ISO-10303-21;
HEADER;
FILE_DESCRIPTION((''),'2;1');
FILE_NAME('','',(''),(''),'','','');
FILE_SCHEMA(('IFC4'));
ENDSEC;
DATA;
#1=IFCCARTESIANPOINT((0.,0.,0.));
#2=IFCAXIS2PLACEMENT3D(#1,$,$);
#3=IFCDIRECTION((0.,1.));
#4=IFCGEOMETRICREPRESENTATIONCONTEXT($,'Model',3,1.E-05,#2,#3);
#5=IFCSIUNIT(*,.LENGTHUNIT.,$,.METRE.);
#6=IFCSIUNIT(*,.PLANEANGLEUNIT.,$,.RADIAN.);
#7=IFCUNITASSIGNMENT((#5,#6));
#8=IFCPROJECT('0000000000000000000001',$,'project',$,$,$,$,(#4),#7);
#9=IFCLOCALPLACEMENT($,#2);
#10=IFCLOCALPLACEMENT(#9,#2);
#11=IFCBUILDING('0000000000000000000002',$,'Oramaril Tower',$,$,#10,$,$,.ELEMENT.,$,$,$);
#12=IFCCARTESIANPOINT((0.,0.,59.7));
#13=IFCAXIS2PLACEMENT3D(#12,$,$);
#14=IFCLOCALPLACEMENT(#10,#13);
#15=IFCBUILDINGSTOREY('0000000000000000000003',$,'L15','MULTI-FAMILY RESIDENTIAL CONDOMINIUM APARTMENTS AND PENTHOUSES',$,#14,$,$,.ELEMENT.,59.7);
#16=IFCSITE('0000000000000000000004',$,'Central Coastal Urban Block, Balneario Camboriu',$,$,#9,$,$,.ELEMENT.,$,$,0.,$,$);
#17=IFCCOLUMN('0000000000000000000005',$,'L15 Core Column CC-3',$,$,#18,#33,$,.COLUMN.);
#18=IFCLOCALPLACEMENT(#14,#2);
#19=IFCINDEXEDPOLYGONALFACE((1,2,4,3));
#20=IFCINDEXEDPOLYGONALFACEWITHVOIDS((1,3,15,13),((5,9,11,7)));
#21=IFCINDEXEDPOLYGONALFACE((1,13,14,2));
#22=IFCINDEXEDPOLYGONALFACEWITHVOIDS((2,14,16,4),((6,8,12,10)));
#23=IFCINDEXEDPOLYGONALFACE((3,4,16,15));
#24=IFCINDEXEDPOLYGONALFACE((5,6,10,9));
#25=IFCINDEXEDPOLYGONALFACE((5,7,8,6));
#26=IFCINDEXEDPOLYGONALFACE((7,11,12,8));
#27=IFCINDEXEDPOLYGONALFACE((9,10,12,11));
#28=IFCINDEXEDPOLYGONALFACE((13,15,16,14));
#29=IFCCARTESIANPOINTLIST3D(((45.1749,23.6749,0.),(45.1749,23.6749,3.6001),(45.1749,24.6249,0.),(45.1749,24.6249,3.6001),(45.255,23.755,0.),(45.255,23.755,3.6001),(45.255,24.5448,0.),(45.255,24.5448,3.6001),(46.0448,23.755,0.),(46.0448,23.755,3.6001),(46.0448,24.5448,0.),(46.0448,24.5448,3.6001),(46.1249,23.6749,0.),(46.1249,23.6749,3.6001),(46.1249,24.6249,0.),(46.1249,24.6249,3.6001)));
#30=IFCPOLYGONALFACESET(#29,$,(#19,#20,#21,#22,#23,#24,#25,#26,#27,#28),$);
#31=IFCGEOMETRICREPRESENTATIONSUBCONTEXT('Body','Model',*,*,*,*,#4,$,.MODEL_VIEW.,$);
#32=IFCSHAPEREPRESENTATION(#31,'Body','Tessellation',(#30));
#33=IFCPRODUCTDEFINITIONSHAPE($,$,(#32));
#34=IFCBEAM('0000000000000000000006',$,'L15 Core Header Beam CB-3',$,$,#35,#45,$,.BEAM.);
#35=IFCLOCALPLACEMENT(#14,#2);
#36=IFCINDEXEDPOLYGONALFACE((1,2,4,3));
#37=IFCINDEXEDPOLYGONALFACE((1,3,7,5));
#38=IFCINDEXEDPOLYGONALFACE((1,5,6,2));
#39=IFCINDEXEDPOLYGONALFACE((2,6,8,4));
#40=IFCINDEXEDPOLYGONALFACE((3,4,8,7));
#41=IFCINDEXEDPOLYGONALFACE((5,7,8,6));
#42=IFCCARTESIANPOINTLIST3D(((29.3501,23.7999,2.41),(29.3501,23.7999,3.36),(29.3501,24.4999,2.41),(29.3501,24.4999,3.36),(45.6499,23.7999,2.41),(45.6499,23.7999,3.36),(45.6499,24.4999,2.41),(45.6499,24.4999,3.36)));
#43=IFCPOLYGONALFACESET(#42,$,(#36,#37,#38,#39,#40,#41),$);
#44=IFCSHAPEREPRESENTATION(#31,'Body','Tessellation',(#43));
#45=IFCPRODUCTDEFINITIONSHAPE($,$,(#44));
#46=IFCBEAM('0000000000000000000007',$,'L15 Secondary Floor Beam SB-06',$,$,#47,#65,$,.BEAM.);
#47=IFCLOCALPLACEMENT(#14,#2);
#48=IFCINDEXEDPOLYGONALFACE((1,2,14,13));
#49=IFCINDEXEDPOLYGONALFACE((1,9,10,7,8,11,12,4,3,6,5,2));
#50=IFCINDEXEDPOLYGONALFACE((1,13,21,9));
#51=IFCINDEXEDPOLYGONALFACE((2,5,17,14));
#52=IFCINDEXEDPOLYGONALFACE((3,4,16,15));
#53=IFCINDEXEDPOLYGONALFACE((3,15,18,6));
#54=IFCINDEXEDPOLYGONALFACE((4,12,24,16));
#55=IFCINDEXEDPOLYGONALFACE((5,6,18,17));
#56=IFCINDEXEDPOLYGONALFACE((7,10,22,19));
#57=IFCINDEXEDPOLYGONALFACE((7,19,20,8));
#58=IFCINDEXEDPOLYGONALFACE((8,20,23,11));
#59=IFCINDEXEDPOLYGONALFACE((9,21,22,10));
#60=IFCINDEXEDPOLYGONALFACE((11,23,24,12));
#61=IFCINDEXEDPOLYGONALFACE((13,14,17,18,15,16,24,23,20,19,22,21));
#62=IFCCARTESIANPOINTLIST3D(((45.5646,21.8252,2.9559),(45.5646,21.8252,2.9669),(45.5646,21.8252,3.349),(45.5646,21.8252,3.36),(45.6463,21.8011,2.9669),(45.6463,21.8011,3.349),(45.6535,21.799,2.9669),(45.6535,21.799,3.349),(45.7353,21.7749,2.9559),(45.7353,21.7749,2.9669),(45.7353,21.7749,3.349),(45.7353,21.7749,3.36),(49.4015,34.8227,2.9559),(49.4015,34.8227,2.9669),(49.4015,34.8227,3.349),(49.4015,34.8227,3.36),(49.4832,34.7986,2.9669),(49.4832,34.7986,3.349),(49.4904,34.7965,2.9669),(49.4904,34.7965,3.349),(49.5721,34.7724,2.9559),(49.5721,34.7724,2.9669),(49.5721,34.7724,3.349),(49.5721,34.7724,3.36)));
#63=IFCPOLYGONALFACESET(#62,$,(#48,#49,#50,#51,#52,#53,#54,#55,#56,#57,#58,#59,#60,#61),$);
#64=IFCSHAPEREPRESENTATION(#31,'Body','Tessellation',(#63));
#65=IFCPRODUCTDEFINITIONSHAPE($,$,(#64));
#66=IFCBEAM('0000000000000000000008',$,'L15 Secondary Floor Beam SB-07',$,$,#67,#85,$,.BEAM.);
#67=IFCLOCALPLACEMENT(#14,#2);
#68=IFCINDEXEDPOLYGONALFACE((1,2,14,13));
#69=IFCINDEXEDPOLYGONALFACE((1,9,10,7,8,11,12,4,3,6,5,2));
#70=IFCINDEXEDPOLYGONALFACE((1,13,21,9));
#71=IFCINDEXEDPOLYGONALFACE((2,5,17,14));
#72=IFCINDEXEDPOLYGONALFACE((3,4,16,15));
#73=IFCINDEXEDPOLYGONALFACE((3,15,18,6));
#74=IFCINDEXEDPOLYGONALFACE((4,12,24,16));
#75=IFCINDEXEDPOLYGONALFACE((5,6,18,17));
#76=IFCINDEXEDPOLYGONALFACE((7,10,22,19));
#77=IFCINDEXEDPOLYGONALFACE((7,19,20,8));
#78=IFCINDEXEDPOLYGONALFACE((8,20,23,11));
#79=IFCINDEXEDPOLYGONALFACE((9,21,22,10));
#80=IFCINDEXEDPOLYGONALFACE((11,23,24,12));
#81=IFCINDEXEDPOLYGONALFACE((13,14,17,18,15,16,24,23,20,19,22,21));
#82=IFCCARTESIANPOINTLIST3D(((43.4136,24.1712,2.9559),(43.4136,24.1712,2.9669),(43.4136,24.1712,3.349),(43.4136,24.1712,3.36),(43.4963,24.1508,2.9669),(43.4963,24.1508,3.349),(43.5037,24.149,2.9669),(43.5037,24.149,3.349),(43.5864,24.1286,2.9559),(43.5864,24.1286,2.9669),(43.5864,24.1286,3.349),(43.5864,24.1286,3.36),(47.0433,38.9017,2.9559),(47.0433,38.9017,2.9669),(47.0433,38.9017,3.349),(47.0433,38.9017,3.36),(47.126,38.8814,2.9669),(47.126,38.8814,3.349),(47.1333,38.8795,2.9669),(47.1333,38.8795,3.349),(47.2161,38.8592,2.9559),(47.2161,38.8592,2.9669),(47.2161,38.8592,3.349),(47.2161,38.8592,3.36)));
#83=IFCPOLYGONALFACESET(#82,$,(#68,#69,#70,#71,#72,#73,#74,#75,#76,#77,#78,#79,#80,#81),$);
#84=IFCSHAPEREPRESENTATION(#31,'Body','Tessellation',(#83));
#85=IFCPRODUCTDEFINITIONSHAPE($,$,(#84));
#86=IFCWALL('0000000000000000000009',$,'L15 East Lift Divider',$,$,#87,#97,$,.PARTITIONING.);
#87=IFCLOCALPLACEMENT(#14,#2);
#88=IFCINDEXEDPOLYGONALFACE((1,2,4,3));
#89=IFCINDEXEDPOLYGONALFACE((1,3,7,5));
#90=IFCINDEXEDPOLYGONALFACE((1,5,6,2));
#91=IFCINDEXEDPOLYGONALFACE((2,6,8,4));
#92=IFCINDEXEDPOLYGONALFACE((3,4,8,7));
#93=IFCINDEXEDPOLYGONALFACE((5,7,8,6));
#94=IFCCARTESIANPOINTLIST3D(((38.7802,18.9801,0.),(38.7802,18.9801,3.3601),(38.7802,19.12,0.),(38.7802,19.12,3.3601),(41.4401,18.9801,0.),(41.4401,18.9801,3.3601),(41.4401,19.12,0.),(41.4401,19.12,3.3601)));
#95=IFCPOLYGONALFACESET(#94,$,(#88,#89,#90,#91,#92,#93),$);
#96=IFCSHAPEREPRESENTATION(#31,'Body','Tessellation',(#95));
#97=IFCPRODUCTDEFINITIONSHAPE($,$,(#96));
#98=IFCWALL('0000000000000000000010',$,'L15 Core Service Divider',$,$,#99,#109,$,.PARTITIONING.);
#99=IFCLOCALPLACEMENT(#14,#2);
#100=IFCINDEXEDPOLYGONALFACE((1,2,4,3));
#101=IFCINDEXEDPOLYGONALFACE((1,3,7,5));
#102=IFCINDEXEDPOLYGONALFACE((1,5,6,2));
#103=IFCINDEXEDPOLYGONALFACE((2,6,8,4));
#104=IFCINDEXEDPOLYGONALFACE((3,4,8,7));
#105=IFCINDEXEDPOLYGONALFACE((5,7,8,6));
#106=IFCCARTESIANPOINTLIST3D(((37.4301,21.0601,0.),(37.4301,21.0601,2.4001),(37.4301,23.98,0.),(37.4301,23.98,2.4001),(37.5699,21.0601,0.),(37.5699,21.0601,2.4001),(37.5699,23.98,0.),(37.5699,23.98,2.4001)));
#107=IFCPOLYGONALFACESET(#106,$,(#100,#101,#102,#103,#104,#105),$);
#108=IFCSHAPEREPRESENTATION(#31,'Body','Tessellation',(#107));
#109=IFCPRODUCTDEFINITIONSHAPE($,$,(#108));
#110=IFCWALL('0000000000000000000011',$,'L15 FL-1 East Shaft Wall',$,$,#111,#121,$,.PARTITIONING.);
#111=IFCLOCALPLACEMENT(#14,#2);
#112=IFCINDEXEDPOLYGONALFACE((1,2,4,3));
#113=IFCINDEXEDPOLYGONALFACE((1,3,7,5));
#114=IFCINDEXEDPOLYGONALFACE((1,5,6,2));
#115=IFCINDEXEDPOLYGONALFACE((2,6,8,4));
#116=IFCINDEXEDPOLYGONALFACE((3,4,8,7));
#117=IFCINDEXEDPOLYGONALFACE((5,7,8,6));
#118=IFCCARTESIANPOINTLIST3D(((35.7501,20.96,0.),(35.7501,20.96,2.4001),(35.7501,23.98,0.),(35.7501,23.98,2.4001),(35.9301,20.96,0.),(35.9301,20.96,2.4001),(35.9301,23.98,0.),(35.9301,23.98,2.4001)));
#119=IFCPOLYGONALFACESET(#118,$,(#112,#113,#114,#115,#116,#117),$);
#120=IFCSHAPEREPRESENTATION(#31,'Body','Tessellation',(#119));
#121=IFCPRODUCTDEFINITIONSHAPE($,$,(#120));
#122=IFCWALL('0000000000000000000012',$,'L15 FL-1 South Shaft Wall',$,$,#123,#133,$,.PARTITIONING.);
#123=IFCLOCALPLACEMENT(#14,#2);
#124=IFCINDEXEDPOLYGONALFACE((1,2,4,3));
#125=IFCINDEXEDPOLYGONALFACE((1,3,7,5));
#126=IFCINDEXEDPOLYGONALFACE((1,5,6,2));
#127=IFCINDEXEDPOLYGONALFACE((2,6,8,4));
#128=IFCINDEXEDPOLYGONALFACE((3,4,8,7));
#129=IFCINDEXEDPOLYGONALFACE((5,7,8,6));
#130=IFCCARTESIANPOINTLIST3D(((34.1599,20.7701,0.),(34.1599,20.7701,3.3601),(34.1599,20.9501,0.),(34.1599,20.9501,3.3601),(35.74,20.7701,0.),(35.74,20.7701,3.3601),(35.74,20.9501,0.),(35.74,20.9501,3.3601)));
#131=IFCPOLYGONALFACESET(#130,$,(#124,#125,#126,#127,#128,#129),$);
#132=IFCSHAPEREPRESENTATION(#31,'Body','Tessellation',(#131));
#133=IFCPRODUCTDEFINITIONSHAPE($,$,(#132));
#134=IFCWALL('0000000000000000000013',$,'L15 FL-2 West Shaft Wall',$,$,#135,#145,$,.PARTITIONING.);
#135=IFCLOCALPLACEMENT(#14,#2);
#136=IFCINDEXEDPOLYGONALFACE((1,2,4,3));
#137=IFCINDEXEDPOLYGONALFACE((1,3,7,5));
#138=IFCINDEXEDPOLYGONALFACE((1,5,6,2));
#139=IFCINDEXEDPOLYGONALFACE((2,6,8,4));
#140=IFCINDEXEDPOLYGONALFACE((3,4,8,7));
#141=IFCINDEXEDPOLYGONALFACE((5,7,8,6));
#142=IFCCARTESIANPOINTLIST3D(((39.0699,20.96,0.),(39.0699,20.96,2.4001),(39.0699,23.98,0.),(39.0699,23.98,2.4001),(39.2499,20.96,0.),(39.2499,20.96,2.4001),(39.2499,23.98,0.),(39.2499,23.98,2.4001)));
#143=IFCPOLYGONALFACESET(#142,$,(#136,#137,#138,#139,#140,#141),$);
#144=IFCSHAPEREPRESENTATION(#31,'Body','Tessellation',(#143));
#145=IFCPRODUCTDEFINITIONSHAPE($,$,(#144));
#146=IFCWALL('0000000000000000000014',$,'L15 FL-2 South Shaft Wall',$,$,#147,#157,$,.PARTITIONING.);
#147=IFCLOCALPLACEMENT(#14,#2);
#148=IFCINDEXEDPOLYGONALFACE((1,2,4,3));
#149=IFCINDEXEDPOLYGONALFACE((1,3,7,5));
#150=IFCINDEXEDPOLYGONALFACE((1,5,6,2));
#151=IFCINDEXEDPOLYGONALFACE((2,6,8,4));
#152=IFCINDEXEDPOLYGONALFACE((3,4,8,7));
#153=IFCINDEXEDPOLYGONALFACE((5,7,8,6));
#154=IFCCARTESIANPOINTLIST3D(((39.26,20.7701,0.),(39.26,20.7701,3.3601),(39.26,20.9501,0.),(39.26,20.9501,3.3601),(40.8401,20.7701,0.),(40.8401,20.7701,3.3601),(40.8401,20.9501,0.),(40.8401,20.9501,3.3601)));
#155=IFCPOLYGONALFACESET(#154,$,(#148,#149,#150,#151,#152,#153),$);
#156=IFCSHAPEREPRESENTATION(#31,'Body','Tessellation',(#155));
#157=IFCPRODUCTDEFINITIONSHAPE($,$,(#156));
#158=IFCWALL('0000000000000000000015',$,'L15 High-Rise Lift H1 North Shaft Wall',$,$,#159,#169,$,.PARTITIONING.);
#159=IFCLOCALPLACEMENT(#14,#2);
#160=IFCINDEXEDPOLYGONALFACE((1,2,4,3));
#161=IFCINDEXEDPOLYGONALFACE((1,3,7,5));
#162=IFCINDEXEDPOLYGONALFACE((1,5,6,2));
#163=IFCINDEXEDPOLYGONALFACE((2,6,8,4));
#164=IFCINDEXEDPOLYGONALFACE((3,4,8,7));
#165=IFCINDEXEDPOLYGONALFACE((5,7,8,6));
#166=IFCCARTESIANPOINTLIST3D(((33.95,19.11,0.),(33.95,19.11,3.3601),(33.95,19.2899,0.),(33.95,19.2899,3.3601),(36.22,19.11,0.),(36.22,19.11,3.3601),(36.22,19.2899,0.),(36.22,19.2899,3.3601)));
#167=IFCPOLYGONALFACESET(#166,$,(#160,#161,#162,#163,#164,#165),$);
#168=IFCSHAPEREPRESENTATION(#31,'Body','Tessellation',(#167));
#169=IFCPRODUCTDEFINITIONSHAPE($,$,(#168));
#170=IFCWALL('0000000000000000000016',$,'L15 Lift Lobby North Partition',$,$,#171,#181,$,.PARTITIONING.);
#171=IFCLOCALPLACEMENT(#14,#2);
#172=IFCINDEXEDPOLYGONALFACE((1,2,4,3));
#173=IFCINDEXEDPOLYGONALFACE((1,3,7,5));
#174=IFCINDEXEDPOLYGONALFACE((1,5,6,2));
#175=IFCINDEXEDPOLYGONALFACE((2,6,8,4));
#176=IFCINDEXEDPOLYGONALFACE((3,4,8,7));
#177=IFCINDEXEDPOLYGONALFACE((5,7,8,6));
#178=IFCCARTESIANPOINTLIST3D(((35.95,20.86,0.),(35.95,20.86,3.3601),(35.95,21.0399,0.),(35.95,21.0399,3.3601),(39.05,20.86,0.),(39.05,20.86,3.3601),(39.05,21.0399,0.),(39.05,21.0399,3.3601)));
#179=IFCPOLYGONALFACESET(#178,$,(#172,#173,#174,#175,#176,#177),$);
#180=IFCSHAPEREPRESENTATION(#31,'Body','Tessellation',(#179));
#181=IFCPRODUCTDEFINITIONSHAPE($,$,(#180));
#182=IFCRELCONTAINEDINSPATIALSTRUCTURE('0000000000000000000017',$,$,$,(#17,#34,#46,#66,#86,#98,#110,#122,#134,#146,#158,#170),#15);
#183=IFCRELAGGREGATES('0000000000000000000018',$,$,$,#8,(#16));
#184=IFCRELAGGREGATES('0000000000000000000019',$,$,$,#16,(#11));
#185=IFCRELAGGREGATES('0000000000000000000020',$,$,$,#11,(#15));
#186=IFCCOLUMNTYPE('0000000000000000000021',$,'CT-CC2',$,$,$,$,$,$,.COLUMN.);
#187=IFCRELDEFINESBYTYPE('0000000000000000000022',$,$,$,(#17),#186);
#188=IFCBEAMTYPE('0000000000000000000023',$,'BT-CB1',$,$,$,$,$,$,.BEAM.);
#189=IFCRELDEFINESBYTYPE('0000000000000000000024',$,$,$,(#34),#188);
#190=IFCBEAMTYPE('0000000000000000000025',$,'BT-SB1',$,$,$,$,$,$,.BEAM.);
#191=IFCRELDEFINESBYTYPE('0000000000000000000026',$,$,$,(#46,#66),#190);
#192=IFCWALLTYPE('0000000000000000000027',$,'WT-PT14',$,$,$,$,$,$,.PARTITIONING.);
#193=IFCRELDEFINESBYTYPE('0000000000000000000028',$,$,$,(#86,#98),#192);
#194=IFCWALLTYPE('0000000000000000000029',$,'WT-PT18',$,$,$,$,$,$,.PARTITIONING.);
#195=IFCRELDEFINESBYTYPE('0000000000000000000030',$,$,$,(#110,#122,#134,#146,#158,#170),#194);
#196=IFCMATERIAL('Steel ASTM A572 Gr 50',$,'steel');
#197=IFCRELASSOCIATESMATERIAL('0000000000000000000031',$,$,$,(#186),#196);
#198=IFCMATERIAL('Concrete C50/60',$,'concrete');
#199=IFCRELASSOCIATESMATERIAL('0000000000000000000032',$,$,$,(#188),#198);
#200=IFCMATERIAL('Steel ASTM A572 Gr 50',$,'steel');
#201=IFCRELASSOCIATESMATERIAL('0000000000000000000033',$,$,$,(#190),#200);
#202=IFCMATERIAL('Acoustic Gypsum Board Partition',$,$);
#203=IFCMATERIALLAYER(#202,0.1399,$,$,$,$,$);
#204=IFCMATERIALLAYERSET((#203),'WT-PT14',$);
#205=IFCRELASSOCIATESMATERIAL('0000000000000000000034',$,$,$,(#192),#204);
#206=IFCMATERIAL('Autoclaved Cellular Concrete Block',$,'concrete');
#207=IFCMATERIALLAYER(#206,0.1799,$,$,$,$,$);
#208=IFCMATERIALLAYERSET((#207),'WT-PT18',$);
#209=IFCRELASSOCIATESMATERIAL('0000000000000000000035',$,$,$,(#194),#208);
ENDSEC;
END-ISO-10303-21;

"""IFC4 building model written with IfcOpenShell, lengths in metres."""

from ifc_helpers import new_model, si_unit, direction, frame, frame_2d, origin, origin_2d, place, context, subcontext, project, spatial, rectangle, hollow_rectangle, i_section, extrude, material, layer, layer_set, material_profile, profile_set, type_object, element, save


model = new_model("IFC4")

# Units and contexts
model_context = context("Model", 3, precision=1e-05, world=origin(), true_north=direction((0.0, 1.0)))
body_context = subcontext(model_context, "Body", "Model", "MODEL_VIEW")
ifc_project = project(units=[si_unit("LENGTHUNIT", "METRE"), si_unit("PLANEANGLEUNIT", "RADIAN")], contexts=[model_context])

# Site, building, storey
site_placement = place(None, origin())
site = spatial("IfcSite", under=ifc_project, at=site_placement, Name="Central Coastal Urban Block, Balneario Camboriu", CompositionType="ELEMENT", RefElevation=0.0)
building_placement = place(site_placement, origin())
building = spatial("IfcBuilding", under=site, at=building_placement, Name="Oramaril Tower", CompositionType="ELEMENT")
storey_placement = place(building_placement, frame((0.0, 0.0, 59.7)))
storey = spatial("IfcBuildingStorey", under=building, at=storey_placement, Name="L15", Description="MULTI-FAMILY RESIDENTIAL CONDOMINIUM APARTMENTS AND PENTHOUSES", CompositionType="ELEMENT", Elevation=59.7)

# Column
ifc_material_1 = material(Name="Steel ASTM A572 Gr 50", Category="steel")
ifc_material_profile_1 = material_profile(ifc_material_1, hollow_rectangle(XDim=0.95, YDim=0.95, WallThickness=0.0801, at=origin_2d()), Name="BOX950X950X80")
ifc_profile_set_1 = profile_set([ifc_material_profile_1], Name="Steel ASTM A572 Gr 50")
column_type = type_object("IfcColumnType", Name="CT-CC2", PredefinedType="COLUMN", material=ifc_profile_set_1)
column_placement = place(storey_placement, frame((45.6499, 24.1499, 0.0), z_axis=(0.0, 0.0, 1.0), x_axis=(1.0, 0.0, 0.0)))
element("IfcColumn", 1, at=column_placement, inside=storey, type_object=column_type, Name="L15 Core Column CC-3", PredefinedType="COLUMN", context=body_context, shape_type="SweptSolid", body=[
    extrude(hollow_rectangle(XDim=0.95, YDim=0.95, WallThickness=0.0801, at=origin_2d()), origin(), (0.0, 0.0, 1.0), 3.6001),
])

# Beams
ifc_material_2 = material(Name="Concrete C50/60", Category="concrete")
ifc_material_profile_2 = material_profile(ifc_material_2, rectangle(XDim=0.7, YDim=0.95, at=origin_2d()), Name="CB700X950")
ifc_profile_set_2 = profile_set([ifc_material_profile_2], Name="Concrete C50/60")
beam_type_1 = type_object("IfcBeamType", Name="BT-CB1", PredefinedType="BEAM", material=ifc_profile_set_2)
beam_1_placement = place(storey_placement, frame((45.6499, 24.1499, 2.885), z_axis=(-1.0, 0.0, 0.0), x_axis=(0.0, -1.0, 0.0)))
element("IfcBeam", 2, at=beam_1_placement, inside=storey, type_object=beam_type_1, Name="L15 Core Header Beam CB-3", PredefinedType="BEAM", context=body_context, shape_type="SweptSolid", body=[
    extrude(rectangle(XDim=0.7, YDim=0.95, at=origin_2d()), origin(), (0.0, 0.0, 1.0), 16.2998),
])
ifc_material_3 = material(Name="Steel ASTM A572 Gr 50", Category="steel")
ifc_material_profile_3 = material_profile(ifc_material_3, i_section(OverallWidth=0.178, OverallDepth=0.4041, WebThickness=0.0076, FlangeThickness=0.011, at=origin_2d()), Name="W16X36")
ifc_profile_set_3 = profile_set([ifc_material_profile_3], Name="Steel ASTM A572 Gr 50")
beam_type_2 = type_object("IfcBeamType", Name="BT-SB1", PredefinedType="BEAM", material=ifc_profile_set_3)
beam_2_placement = place(storey_placement, frame((45.6499, 21.8, 3.158), z_axis=(0.283124, 0.959083, 0.0), x_axis=(-0.959083, 0.283124, 0.0)))
element("IfcBeam", 3, at=beam_2_placement, inside=storey, type_object=beam_type_2, Name="L15 Secondary Floor Beam SB-06", PredefinedType="BEAM", context=body_context, shape_type="SweptSolid", body=[
    extrude(i_section(OverallWidth=0.178, OverallDepth=0.4041, WebThickness=0.0076, FlangeThickness=0.011, at=origin_2d()), origin(), (0.0, 0.0, 1.0), 13.552),
])
beam_3_placement = place(storey_placement, frame((43.5, 24.1499, 3.158), z_axis=(0.239248, 0.970959, 0.0), x_axis=(-0.970959, 0.239248, 0.0)))
element("IfcBeam", 4, at=beam_3_placement, inside=storey, type_object=beam_type_2, Name="L15 Secondary Floor Beam SB-07", PredefinedType="BEAM", context=body_context, shape_type="SweptSolid", body=[
    extrude(i_section(OverallWidth=0.178, OverallDepth=0.4041, WebThickness=0.0076, FlangeThickness=0.011, at=origin_2d()), origin(), (0.0, 0.0, 1.0), 15.1711),
])

# Walls
ifc_material_4 = material(Name="Acoustic Gypsum Board Partition")
ifc_layer_1 = layer(ifc_material_4, 0.1399)
ifc_layer_set_1 = layer_set([ifc_layer_1], Name="WT-PT14")
wall_type_1 = type_object("IfcWallType", Name="WT-PT14", PredefinedType="PARTITIONING", material=ifc_layer_set_1)
wall_1_placement = place(storey_placement, frame((38.78, 19.05, 0.0), z_axis=(0.0, 0.0, 1.0), x_axis=(1.0, 0.0, 0.0)))
element("IfcWall", 5, at=wall_1_placement, inside=storey, type_object=wall_type_1, Name="L15 East Lift Divider", PredefinedType="PARTITIONING", context=body_context, shape_type="SweptSolid", body=[
    extrude(rectangle(XDim=2.6599, YDim=0.1399, at=frame_2d((1.3301, 0.0))), origin(), (0.0, 0.0, 1.0), 3.3601),
])
wall_2_placement = place(storey_placement, frame((37.5, 21.0601, 0.0), z_axis=(0.0, 0.0, 1.0), x_axis=(0.0, 1.0, 0.0)))
element("IfcWall", 6, at=wall_2_placement, inside=storey, type_object=wall_type_1, Name="L15 Core Service Divider", PredefinedType="PARTITIONING", context=body_context, shape_type="SweptSolid", body=[
    extrude(rectangle(XDim=2.9199, YDim=0.1399, at=frame_2d((1.46, 0.0))), origin(), (0.0, 0.0, 1.0), 2.4001),
])
ifc_material_5 = material(Name="Autoclaved Cellular Concrete Block", Category="concrete")
ifc_layer_2 = layer(ifc_material_5, 0.1799)
ifc_layer_set_2 = layer_set([ifc_layer_2], Name="WT-PT18")
wall_type_2 = type_object("IfcWallType", Name="WT-PT18", PredefinedType="PARTITIONING", material=ifc_layer_set_2)
wall_3_placement = place(storey_placement, frame((35.8401, 20.96, 0.0), z_axis=(0.0, 0.0, 1.0), x_axis=(0.0, 1.0, 0.0)))
element("IfcWall", 7, at=wall_3_placement, inside=storey, type_object=wall_type_2, Name="L15 FL-1 East Shaft Wall", PredefinedType="PARTITIONING", context=body_context, shape_type="SweptSolid", body=[
    extrude(rectangle(XDim=3.02, YDim=0.1799, at=frame_2d((1.51, 0.0))), origin(), (0.0, 0.0, 1.0), 2.4001),
])
wall_4_placement = place(storey_placement, frame((34.1599, 20.8601, 0.0), z_axis=(0.0, 0.0, 1.0), x_axis=(1.0, 0.0, 0.0)))
element("IfcWall", 8, at=wall_4_placement, inside=storey, type_object=wall_type_2, Name="L15 FL-1 South Shaft Wall", PredefinedType="PARTITIONING", context=body_context, shape_type="SweptSolid", body=[
    extrude(rectangle(XDim=1.5801, YDim=0.1799, at=frame_2d((0.79, 0.0))), origin(), (0.0, 0.0, 1.0), 3.3601),
])
wall_5_placement = place(storey_placement, frame((39.1599, 20.96, 0.0), z_axis=(0.0, 0.0, 1.0), x_axis=(0.0, 1.0, 0.0)))
element("IfcWall", 9, at=wall_5_placement, inside=storey, type_object=wall_type_2, Name="L15 FL-2 West Shaft Wall", PredefinedType="PARTITIONING", context=body_context, shape_type="SweptSolid", body=[
    extrude(rectangle(XDim=3.02, YDim=0.1799, at=frame_2d((1.51, 0.0))), origin(), (0.0, 0.0, 1.0), 2.4001),
])
wall_6_placement = place(storey_placement, frame((39.26, 20.8601, 0.0), z_axis=(0.0, 0.0, 1.0), x_axis=(1.0, 0.0, 0.0)))
element("IfcWall", 10, at=wall_6_placement, inside=storey, type_object=wall_type_2, Name="L15 FL-2 South Shaft Wall", PredefinedType="PARTITIONING", context=body_context, shape_type="SweptSolid", body=[
    extrude(rectangle(XDim=1.5801, YDim=0.1799, at=frame_2d((0.79, 0.0))), origin(), (0.0, 0.0, 1.0), 3.3601),
])
wall_7_placement = place(storey_placement, frame((33.95, 19.2, 0.0), z_axis=(0.0, 0.0, 1.0), x_axis=(1.0, 0.0, 0.0)))
element("IfcWall", 11, at=wall_7_placement, inside=storey, type_object=wall_type_2, Name="L15 High-Rise Lift H1 North Shaft Wall", PredefinedType="PARTITIONING", context=body_context, shape_type="SweptSolid", body=[
    extrude(rectangle(XDim=2.27, YDim=0.1799, at=frame_2d((1.135, 0.0))), origin(), (0.0, 0.0, 1.0), 3.3601),
])
wall_8_placement = place(storey_placement, frame((35.95, 20.95, 0.0), z_axis=(0.0, 0.0, 1.0), x_axis=(1.0, 0.0, 0.0)))
element("IfcWall", 12, at=wall_8_placement, inside=storey, type_object=wall_type_2, Name="L15 Lift Lobby North Partition", PredefinedType="PARTITIONING", context=body_context, shape_type="SweptSolid", body=[
    extrude(rectangle(XDim=3.1001, YDim=0.1799, at=frame_2d((1.55, 0.0))), origin(), (0.0, 0.0, 1.0), 3.3601),
])

save(model, "model.ifc")
